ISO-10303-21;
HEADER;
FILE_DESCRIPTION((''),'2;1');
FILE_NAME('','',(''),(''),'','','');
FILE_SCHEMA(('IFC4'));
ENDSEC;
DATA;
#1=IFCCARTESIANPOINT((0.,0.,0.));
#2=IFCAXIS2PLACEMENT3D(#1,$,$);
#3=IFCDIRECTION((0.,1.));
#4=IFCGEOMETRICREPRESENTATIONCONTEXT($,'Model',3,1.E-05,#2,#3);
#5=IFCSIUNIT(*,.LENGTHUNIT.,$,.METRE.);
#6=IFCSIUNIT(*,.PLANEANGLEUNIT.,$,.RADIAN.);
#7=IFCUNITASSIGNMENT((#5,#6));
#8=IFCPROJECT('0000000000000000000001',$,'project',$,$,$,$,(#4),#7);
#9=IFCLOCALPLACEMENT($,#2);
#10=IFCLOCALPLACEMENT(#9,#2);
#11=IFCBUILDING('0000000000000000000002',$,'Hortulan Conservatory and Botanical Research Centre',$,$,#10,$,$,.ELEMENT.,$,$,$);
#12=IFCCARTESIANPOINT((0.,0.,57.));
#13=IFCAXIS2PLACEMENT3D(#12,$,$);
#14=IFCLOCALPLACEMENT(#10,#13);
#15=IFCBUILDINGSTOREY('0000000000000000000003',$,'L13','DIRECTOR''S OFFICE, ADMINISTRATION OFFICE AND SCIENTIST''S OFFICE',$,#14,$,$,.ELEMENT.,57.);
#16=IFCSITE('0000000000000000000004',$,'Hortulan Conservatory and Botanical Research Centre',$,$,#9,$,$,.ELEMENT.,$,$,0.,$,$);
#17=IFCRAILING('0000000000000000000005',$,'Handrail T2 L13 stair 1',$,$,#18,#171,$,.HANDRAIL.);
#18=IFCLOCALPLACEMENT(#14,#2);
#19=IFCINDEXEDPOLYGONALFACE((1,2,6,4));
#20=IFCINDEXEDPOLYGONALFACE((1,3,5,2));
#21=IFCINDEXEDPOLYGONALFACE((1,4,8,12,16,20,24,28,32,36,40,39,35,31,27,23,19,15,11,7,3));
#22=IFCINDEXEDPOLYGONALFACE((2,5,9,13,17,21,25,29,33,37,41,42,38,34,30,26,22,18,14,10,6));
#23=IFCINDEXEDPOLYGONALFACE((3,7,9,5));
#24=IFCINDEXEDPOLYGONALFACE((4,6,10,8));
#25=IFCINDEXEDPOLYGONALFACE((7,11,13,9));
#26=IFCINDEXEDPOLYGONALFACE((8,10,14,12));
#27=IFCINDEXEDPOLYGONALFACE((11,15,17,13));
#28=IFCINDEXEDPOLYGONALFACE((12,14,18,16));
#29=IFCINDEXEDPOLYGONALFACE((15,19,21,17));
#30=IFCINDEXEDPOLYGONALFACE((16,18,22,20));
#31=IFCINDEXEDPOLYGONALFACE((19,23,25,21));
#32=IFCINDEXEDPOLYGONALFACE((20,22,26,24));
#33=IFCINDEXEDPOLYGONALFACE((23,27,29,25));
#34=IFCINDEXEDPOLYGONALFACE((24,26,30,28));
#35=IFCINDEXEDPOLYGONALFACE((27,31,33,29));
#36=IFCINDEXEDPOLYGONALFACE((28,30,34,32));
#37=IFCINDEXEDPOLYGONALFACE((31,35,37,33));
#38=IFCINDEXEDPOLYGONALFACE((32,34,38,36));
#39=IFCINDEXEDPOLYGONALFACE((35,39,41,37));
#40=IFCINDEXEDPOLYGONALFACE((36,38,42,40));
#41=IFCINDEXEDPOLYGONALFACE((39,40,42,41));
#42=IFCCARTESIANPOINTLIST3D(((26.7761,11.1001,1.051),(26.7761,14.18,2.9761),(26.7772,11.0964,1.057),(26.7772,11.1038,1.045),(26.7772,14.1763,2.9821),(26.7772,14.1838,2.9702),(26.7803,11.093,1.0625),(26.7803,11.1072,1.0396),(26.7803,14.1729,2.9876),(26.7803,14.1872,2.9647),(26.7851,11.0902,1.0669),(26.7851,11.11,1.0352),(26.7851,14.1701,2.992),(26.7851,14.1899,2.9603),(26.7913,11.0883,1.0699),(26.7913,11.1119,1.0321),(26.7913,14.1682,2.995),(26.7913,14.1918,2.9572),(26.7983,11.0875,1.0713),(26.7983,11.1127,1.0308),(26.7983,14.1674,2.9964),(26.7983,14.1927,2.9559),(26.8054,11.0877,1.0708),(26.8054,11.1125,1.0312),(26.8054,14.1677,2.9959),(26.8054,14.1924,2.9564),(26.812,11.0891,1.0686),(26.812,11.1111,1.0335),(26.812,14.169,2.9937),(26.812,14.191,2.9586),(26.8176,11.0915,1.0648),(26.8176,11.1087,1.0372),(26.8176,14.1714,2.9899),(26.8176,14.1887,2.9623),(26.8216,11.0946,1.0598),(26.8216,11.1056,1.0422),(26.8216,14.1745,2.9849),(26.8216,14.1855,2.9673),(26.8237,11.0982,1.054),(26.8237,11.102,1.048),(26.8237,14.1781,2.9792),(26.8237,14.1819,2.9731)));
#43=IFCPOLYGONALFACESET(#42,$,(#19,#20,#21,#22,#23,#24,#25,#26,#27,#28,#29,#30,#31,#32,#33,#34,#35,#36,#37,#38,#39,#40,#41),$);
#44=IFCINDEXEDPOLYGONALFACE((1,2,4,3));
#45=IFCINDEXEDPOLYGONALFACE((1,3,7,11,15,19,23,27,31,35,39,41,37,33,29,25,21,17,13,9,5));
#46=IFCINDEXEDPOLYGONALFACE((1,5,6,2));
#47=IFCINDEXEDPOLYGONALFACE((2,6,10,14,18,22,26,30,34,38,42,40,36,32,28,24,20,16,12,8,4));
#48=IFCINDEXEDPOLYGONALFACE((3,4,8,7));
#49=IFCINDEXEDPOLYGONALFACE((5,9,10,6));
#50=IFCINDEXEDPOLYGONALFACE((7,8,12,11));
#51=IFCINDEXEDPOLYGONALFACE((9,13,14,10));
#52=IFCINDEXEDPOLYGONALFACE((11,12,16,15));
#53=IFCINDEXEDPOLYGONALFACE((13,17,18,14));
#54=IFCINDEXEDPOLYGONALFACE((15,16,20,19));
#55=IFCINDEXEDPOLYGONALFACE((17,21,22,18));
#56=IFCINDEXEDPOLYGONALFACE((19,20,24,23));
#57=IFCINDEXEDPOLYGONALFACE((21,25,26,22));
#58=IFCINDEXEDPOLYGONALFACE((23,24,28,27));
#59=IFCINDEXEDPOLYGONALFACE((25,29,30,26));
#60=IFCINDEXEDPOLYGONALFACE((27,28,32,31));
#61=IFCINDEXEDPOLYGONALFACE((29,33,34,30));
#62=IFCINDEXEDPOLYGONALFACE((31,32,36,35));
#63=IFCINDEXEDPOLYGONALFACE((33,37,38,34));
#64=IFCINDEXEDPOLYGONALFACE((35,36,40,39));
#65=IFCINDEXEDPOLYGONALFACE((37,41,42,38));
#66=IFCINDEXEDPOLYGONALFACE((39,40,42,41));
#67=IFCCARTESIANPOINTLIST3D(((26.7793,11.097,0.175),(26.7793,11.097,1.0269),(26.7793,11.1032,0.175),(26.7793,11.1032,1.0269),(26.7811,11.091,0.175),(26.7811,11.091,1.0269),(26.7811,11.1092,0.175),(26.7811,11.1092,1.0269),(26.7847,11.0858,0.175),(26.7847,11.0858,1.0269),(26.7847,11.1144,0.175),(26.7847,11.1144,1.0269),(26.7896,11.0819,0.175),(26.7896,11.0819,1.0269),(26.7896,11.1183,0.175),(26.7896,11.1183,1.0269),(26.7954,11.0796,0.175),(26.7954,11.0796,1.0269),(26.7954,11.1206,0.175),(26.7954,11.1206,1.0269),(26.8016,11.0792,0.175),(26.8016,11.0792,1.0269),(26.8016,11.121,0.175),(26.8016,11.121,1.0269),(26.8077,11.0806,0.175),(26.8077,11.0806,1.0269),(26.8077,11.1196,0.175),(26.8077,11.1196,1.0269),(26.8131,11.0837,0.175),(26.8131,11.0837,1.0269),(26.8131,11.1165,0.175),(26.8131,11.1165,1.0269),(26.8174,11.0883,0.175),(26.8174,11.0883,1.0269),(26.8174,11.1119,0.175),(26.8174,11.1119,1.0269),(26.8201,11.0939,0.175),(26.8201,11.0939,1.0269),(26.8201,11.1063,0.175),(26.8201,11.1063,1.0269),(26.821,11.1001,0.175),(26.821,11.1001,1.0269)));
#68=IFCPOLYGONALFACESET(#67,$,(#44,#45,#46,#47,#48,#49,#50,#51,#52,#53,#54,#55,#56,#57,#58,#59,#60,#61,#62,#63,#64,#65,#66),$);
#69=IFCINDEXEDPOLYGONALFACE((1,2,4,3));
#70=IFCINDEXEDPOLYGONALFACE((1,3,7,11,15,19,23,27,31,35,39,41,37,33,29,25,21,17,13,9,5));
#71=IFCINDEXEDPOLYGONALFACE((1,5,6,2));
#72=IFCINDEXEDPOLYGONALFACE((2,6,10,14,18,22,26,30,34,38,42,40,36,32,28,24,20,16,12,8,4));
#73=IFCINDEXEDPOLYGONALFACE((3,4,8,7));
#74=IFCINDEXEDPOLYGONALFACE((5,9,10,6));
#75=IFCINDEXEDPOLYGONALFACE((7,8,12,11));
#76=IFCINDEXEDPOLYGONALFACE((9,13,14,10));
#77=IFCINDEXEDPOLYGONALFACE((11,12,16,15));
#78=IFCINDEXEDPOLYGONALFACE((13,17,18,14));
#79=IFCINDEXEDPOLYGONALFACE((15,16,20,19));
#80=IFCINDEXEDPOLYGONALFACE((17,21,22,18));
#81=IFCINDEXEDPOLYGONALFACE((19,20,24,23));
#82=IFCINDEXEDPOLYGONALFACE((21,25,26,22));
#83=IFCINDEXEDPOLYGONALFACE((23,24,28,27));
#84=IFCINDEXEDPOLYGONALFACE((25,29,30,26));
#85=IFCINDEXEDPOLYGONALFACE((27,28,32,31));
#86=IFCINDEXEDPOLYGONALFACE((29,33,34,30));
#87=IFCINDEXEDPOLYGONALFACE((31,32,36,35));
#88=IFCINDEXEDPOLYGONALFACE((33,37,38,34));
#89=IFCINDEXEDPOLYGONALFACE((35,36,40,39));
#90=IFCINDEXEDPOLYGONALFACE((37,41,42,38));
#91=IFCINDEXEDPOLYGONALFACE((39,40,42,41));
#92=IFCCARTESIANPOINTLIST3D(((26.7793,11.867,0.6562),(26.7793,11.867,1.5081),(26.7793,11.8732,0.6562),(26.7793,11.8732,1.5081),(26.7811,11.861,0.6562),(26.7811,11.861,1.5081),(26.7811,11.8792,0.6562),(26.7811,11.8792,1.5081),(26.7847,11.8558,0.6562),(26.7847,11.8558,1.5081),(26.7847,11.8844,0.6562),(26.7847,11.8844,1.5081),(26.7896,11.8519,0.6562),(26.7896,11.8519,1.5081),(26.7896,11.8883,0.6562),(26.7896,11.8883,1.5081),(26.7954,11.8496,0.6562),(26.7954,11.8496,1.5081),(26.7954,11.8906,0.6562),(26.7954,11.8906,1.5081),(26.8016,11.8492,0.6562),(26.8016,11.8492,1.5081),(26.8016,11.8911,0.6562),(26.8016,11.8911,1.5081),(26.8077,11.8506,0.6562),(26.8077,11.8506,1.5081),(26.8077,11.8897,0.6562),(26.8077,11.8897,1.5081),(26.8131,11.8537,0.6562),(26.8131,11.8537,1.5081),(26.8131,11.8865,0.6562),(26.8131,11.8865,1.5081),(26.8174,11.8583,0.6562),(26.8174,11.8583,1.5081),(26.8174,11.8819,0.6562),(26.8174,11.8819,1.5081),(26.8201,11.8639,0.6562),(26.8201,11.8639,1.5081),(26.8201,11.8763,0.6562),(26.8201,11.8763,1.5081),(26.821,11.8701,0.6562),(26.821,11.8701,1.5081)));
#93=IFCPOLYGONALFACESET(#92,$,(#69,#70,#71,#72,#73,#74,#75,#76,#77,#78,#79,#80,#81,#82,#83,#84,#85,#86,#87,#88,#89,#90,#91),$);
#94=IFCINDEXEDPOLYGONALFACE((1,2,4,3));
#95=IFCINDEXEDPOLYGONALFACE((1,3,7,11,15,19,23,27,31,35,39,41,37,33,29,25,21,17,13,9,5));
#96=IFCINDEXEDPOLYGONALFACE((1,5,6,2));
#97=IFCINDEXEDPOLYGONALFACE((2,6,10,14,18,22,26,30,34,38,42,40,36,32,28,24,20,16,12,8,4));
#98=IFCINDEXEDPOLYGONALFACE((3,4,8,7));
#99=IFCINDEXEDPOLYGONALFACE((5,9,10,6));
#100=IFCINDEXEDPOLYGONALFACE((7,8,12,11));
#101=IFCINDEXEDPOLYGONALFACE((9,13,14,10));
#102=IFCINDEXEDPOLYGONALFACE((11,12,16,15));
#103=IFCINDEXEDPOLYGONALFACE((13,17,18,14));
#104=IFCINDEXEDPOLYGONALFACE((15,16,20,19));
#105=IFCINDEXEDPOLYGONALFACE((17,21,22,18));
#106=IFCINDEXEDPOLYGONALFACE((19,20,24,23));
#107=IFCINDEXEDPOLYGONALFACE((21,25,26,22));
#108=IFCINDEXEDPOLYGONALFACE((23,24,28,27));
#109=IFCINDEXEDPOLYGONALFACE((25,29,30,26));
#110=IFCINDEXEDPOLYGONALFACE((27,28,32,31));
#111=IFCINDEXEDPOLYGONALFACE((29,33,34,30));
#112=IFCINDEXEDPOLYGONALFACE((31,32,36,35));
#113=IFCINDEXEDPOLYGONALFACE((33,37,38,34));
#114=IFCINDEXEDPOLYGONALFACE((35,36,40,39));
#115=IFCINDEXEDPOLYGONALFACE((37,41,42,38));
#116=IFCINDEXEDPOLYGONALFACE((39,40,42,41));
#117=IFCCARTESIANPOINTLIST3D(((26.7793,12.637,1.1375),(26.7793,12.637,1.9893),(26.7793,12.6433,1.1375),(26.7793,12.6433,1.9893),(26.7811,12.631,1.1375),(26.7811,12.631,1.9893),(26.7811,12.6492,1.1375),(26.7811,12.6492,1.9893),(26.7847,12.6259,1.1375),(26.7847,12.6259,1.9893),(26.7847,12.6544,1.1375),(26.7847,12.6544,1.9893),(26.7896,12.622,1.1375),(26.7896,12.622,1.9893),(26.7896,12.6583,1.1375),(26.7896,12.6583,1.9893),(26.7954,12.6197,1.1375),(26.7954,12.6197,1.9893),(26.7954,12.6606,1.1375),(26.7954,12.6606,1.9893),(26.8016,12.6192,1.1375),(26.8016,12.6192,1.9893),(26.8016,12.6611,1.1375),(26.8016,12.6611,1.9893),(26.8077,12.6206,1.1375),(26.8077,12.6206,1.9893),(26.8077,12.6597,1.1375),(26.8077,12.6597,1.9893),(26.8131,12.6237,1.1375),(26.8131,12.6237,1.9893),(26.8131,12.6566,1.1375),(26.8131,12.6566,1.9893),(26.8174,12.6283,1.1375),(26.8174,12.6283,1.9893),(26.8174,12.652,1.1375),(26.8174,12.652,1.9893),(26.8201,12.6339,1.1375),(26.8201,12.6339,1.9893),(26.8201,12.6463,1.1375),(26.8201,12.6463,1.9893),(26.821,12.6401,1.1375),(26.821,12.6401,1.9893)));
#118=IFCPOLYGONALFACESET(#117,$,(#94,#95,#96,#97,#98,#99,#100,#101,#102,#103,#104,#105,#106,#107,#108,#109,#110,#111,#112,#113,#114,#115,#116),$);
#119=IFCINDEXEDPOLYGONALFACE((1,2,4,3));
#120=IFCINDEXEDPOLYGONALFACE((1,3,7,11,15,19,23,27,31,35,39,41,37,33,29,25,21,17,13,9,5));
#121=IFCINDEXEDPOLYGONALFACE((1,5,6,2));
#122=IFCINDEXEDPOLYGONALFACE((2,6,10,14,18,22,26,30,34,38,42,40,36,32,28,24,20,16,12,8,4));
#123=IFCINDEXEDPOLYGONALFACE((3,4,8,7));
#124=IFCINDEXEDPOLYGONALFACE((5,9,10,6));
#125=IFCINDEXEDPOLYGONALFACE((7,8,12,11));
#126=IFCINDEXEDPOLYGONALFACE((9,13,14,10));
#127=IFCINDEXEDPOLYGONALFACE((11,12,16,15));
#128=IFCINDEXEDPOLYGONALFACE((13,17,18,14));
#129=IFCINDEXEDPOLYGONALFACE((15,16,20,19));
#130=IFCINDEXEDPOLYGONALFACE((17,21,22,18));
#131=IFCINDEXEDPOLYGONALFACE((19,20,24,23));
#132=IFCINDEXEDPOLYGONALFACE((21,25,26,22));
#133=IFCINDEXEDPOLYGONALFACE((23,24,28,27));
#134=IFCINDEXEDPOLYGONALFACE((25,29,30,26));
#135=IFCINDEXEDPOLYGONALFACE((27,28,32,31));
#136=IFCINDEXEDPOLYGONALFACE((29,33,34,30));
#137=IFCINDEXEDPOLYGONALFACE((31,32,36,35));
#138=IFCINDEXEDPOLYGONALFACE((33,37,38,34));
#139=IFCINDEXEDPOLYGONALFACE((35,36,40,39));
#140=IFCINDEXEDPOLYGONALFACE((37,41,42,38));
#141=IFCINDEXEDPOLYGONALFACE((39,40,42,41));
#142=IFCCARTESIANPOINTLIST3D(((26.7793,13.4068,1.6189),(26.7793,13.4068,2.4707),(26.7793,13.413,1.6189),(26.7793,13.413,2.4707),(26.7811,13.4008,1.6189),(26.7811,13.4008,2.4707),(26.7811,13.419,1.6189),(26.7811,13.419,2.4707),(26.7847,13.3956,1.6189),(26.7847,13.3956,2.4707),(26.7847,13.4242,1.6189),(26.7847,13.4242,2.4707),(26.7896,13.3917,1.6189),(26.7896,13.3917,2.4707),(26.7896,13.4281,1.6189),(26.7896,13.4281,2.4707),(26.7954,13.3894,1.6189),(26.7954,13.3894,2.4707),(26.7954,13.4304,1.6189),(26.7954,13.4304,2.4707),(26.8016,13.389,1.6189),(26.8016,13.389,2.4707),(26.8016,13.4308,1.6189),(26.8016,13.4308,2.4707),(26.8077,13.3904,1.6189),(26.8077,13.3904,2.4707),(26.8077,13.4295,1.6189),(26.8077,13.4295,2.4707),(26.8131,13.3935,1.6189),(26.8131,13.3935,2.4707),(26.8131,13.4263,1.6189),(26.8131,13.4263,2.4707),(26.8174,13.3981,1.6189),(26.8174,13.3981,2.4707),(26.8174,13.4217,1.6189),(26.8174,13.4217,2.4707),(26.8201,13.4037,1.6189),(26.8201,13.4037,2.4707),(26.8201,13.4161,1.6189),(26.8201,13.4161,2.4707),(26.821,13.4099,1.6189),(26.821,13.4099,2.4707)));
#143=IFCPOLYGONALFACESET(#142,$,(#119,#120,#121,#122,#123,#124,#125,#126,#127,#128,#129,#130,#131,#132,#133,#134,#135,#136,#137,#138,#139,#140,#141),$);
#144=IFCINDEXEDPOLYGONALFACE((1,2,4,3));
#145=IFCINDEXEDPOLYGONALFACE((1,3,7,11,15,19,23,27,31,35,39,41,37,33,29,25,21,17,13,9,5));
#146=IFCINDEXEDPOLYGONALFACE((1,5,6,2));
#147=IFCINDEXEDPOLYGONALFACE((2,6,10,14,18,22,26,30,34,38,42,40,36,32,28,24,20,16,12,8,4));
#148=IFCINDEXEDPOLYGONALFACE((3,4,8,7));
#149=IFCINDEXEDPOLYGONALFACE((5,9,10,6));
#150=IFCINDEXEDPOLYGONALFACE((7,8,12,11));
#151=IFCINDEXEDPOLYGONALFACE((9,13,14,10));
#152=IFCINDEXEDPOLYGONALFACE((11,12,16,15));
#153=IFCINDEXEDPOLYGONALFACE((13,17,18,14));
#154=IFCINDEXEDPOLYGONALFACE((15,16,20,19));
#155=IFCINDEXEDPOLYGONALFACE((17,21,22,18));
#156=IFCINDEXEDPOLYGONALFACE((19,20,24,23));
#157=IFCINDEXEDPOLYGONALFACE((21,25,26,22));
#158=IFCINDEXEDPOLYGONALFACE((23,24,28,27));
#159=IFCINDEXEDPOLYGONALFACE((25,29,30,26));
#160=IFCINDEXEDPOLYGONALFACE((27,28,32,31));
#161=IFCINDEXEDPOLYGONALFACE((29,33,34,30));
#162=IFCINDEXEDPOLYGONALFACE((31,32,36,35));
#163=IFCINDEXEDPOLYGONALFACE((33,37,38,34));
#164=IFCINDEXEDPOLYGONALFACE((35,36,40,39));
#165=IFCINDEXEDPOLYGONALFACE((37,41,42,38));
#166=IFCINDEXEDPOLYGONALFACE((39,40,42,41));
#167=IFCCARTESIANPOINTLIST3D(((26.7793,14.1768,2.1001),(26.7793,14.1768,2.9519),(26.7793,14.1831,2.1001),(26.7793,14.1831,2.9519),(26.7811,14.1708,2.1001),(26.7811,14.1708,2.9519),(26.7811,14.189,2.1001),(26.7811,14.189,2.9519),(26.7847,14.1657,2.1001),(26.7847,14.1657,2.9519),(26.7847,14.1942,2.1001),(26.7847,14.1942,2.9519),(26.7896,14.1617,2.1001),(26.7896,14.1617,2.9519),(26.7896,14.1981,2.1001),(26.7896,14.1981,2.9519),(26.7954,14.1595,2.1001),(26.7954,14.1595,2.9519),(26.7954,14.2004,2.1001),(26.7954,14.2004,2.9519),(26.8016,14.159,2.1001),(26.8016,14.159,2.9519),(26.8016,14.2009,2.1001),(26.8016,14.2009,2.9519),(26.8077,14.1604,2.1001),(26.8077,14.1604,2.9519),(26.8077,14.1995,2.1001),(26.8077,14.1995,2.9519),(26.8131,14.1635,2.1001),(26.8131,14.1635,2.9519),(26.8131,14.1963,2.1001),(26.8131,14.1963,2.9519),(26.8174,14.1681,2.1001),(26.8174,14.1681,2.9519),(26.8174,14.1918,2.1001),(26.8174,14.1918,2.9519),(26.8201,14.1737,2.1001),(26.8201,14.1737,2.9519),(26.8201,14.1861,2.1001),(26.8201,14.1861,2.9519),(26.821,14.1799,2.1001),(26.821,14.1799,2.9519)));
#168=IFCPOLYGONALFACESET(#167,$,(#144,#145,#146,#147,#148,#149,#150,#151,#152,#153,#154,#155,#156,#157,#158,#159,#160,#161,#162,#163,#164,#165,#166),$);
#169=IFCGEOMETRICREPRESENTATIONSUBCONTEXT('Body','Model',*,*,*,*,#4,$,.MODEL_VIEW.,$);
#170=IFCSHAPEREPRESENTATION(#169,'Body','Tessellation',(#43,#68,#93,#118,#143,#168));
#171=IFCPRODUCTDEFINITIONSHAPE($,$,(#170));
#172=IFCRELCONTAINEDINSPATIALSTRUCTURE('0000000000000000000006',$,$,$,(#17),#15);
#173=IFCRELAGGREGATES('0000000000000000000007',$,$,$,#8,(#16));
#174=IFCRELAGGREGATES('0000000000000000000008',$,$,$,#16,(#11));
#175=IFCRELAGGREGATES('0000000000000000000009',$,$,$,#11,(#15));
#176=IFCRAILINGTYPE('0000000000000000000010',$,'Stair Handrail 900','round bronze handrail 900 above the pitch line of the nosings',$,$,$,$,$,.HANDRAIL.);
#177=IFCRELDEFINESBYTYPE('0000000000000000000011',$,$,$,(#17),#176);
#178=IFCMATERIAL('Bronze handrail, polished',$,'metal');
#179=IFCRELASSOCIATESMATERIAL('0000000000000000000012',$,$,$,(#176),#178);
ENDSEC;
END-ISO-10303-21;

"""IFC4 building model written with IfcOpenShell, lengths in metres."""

from ifc_helpers import new_model, si_unit, direction, frame, origin, origin_2d, place, context, subcontext, project, spatial, circle, extrude, material, type_object, element, save


model = new_model("IFC4")

# Units and contexts
model_context = context("Model", 3, precision=1e-05, world=origin(), true_north=direction((0.0, 1.0)))
body_context = subcontext(model_context, "Body", "Model", "MODEL_VIEW")
ifc_project = project(units=[si_unit("LENGTHUNIT", "METRE"), si_unit("PLANEANGLEUNIT", "RADIAN")], contexts=[model_context])

# Site, building, storey
site_placement = place(None, origin())
site = spatial("IfcSite", under=ifc_project, at=site_placement, Name="Hortulan Conservatory and Botanical Research Centre", CompositionType="ELEMENT", RefElevation=0.0)
building_placement = place(site_placement, origin())
building = spatial("IfcBuilding", under=site, at=building_placement, Name="Hortulan Conservatory and Botanical Research Centre", CompositionType="ELEMENT")
storey_placement = place(building_placement, frame((0.0, 0.0, 57.0)))
storey = spatial("IfcBuildingStorey", under=building, at=storey_placement, Name="L13", Description="DIRECTOR'S OFFICE, ADMINISTRATION OFFICE AND SCIENTIST'S OFFICE", CompositionType="ELEMENT", Elevation=57.0)

# Railing
ifc_material_1 = material(Name="Bronze handrail, polished", Category="metal")
railing_type_1 = type_object("IfcRailingType", Name="Stair Handrail 900", Description="round bronze handrail 900 above the pitch line of the nosings", PredefinedType="HANDRAIL", material=ifc_material_1)
railing_1_placement = place(storey_placement, frame((26.8, 11.1001, 0.175)))
element("IfcRailing", 1, at=railing_1_placement, inside=storey, type_object=railing_type_1, Name="Handrail T2 L13 stair 1", PredefinedType="HANDRAIL", context=body_context, shape_type="SweptSolid", body=[
    extrude(circle(Radius=0.0239, at=origin_2d()), frame((0.0, 0.0, 0.876), z_axis=(0.0, 0.847979, 0.530029), x_axis=(-1.0, 0.0, 0.0)), (0.0, 0.0, 1.0), 3.6321),
    extrude(circle(Radius=0.021, at=origin_2d()), origin(), (0.0, 0.0, 1.0), 0.8518),
    extrude(circle(Radius=0.021, at=origin_2d()), frame((0.0, 0.77, 0.4812)), (0.0, 0.0, 1.0), 0.8518),
    extrude(circle(Radius=0.021, at=origin_2d()), frame((0.0, 1.54, 0.9624)), (0.0, 0.0, 1.0), 0.8518),
    extrude(circle(Radius=0.021, at=origin_2d()), frame((0.0, 2.3098, 1.4438)), (0.0, 0.0, 1.0), 0.8518),
    extrude(circle(Radius=0.021, at=origin_2d()), frame((0.0, 3.0798, 1.925)), (0.0, 0.0, 1.0), 0.8518),
])

save(model, "model.ifc")
